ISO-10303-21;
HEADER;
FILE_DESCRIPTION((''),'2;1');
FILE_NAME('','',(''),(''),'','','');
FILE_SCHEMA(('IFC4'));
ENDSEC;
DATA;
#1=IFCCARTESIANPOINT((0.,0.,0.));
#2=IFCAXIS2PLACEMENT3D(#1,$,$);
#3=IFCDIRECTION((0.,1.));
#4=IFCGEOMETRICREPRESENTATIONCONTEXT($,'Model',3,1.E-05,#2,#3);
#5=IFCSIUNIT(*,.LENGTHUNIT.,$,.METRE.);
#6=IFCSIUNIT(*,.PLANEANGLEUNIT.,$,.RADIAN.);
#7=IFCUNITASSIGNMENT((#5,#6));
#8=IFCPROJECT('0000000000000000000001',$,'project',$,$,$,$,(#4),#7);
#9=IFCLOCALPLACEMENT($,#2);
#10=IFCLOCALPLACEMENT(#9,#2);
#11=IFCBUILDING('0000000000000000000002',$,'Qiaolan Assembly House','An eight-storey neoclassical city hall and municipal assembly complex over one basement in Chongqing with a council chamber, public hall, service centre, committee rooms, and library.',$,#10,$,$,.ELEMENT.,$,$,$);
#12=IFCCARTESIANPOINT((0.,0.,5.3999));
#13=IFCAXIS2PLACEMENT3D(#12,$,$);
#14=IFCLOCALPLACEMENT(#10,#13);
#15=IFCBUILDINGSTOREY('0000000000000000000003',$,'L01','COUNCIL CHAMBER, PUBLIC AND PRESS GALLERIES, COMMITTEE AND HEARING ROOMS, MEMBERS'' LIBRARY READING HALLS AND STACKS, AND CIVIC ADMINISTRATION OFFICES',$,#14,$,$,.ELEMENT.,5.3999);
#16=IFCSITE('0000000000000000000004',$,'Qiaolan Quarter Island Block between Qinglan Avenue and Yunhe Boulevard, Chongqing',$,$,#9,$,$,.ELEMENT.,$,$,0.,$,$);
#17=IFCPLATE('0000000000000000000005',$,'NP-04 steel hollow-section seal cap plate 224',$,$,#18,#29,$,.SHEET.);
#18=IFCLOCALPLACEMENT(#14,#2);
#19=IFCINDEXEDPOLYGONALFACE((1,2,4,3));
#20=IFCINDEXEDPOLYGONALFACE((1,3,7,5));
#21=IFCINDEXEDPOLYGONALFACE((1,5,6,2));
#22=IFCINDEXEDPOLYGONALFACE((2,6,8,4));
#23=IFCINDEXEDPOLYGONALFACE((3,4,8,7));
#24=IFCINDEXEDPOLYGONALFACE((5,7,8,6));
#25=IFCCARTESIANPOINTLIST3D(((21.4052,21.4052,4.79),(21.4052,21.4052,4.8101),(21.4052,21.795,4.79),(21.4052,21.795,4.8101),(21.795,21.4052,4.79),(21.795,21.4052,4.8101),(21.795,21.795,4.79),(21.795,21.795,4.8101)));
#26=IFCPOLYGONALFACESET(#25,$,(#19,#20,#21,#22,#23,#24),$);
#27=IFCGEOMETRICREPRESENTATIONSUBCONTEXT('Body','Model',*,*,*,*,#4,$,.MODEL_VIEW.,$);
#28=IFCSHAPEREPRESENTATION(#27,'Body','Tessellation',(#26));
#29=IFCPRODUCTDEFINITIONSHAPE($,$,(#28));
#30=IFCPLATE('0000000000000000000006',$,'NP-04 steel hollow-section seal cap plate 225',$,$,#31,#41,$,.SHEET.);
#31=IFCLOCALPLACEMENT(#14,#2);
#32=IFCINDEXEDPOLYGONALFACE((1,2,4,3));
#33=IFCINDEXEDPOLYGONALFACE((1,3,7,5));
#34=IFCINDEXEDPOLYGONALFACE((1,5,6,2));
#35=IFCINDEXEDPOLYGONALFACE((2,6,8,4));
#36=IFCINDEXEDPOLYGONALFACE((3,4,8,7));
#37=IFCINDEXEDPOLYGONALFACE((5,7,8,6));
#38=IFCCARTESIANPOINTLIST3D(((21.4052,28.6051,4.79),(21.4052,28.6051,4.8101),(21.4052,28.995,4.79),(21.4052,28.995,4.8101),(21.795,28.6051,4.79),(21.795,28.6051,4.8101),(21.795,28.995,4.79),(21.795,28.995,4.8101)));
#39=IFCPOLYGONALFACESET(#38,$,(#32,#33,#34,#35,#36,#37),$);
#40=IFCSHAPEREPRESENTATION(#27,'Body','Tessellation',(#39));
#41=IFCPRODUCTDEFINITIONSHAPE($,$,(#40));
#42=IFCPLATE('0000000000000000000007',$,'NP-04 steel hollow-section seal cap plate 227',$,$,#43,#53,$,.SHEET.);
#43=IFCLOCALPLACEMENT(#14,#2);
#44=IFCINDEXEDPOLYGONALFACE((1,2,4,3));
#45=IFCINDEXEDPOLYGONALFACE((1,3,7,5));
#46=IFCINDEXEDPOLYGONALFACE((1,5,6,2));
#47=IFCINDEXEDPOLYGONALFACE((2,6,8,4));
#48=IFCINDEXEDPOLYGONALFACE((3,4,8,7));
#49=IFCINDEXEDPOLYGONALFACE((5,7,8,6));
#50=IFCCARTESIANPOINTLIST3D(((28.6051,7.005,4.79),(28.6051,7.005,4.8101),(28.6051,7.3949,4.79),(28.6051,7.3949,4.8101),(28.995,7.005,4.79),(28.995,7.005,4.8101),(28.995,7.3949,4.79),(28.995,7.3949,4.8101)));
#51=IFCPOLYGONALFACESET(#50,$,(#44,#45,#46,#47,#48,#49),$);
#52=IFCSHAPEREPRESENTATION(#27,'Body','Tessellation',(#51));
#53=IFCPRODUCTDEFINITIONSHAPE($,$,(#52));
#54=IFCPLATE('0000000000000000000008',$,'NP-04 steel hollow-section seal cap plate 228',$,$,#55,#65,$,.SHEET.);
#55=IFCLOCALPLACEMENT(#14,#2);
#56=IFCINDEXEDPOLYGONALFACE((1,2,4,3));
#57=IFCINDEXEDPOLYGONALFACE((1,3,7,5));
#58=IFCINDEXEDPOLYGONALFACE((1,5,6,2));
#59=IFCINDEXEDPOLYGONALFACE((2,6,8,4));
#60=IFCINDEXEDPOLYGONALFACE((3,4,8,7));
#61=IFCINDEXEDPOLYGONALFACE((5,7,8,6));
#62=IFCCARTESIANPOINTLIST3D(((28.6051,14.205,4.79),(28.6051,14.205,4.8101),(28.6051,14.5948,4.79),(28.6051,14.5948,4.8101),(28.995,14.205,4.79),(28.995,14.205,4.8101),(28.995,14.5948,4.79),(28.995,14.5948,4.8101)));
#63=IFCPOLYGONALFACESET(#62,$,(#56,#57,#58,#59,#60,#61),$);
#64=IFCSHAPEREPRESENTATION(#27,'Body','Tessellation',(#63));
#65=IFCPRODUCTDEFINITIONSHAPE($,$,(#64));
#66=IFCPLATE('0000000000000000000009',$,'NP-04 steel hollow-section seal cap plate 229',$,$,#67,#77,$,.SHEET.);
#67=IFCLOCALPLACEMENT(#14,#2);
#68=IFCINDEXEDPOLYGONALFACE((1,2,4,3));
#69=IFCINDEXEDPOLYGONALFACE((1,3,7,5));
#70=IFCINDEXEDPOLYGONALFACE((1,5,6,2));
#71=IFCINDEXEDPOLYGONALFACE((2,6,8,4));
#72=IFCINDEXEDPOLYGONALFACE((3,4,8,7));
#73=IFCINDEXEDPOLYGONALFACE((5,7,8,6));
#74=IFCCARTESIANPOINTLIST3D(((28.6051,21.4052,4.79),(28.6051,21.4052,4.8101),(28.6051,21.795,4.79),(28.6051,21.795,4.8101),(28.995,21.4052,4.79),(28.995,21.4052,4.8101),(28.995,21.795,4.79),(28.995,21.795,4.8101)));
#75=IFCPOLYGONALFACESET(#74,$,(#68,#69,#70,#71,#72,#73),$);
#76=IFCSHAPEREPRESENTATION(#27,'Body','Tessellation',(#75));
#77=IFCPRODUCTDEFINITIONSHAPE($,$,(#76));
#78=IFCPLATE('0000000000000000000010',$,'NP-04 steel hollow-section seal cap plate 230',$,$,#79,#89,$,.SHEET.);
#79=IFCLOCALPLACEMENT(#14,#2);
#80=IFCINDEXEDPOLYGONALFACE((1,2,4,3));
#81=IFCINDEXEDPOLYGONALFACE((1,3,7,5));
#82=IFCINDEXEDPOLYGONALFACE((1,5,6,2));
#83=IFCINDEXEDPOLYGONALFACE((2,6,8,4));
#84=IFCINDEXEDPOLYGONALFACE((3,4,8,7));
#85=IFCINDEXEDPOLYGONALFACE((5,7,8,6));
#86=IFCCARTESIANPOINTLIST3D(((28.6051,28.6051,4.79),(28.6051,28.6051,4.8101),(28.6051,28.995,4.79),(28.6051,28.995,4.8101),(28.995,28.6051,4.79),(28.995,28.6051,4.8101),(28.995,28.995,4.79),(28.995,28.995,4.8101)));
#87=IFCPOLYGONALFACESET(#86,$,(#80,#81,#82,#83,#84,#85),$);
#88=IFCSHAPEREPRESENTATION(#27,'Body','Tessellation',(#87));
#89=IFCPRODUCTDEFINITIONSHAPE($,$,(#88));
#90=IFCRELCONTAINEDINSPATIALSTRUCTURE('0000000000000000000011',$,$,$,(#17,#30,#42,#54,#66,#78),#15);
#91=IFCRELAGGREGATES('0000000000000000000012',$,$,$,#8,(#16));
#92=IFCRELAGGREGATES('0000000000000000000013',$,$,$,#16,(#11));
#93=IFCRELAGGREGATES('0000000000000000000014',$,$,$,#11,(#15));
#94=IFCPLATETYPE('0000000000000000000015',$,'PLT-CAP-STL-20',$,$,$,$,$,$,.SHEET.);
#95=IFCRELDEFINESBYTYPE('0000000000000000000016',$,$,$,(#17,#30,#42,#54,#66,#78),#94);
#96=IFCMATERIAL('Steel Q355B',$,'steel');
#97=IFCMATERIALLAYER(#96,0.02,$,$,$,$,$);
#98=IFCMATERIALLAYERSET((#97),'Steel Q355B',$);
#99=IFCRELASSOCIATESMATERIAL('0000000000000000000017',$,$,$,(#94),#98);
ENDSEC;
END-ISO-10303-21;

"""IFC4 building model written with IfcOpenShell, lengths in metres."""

from ifc_helpers import new_model, si_unit, direction, frame, origin, origin_2d, place, context, subcontext, project, spatial, rectangle, extrude, material, layer, layer_set, type_object, element, save


model = new_model("IFC4")

# Units and contexts
model_context = context("Model", 3, precision=1e-05, world=origin(), true_north=direction((0.0, 1.0)))
body_context = subcontext(model_context, "Body", "Model", "MODEL_VIEW")
ifc_project = project(units=[si_unit("LENGTHUNIT", "METRE"), si_unit("PLANEANGLEUNIT", "RADIAN")], contexts=[model_context])

# Site, building, storey
site_placement = place(None, origin())
site = spatial("IfcSite", under=ifc_project, at=site_placement, Name="Qiaolan Quarter Island Block between Qinglan Avenue and Yunhe Boulevard, Chongqing", CompositionType="ELEMENT", RefElevation=0.0)
building_placement = place(site_placement, origin())
building = spatial("IfcBuilding", under=site, at=building_placement, Name="Qiaolan Assembly House", Description="An eight-storey neoclassical city hall and municipal assembly complex over one basement in Chongqing with a council chamber, public hall, service centre, committee rooms, and library.", CompositionType="ELEMENT")
storey_placement = place(building_placement, frame((0.0, 0.0, 5.3999)))
storey = spatial("IfcBuildingStorey", under=building, at=storey_placement, Name="L01", Description="COUNCIL CHAMBER, PUBLIC AND PRESS GALLERIES, COMMITTEE AND HEARING ROOMS, MEMBERS' LIBRARY READING HALLS AND STACKS, AND CIVIC ADMINISTRATION OFFICES", CompositionType="ELEMENT", Elevation=5.3999)

# Shared definitions
ifc_material_1 = material(Name="Steel Q355B", Category="steel")

# Plates
ifc_layer_1 = layer(ifc_material_1, 0.02)
ifc_layer_set_1 = layer_set([ifc_layer_1], Name="Steel Q355B")
plate_type_1 = type_object("IfcPlateType", Name="PLT-CAP-STL-20", PredefinedType="SHEET", material=ifc_layer_set_1)
for number, where, z_axis, x_axis, name in (
    (1, (21.6001, 21.6001, 4.79), (0.0, 0.0, 1.0), (1.0, 0.0, 0.0), "NP-04 steel hollow-section seal cap plate 224"),
    (2, (21.6001, 28.8, 4.79), (0.0, 0.0, 1.0), (1.0, 0.0, 0.0), "NP-04 steel hollow-section seal cap plate 225"),
    (3, (28.8, 7.2, 4.79), (0.0, 0.0, 1.0), (1.0, 0.0, 0.0), "NP-04 steel hollow-section seal cap plate 227"),
    (4, (28.8, 14.3999, 4.79), (0.0, 0.0, 1.0), (1.0, 0.0, 0.0), "NP-04 steel hollow-section seal cap plate 228"),
    (5, (28.8, 21.6001, 4.79), (0.0, 0.0, 1.0), (1.0, 0.0, 0.0), "NP-04 steel hollow-section seal cap plate 229"),
    (6, (28.8, 28.8, 4.79), (0.0, 0.0, 1.0), (1.0, 0.0, 0.0), "NP-04 steel hollow-section seal cap plate 230"),
):
    element("IfcPlate", number, at=place(storey_placement, frame(where, z_axis=z_axis, x_axis=x_axis)), inside=storey, type_object=plate_type_1, Name=name, PredefinedType="SHEET", context=body_context, shape_type="SweptSolid", body=[
        extrude(rectangle(XDim=0.3899, YDim=0.3899, at=origin_2d()), origin(), (0.0, 0.0, 1.0), 0.02),
    ])

save(model, "model.ifc")
